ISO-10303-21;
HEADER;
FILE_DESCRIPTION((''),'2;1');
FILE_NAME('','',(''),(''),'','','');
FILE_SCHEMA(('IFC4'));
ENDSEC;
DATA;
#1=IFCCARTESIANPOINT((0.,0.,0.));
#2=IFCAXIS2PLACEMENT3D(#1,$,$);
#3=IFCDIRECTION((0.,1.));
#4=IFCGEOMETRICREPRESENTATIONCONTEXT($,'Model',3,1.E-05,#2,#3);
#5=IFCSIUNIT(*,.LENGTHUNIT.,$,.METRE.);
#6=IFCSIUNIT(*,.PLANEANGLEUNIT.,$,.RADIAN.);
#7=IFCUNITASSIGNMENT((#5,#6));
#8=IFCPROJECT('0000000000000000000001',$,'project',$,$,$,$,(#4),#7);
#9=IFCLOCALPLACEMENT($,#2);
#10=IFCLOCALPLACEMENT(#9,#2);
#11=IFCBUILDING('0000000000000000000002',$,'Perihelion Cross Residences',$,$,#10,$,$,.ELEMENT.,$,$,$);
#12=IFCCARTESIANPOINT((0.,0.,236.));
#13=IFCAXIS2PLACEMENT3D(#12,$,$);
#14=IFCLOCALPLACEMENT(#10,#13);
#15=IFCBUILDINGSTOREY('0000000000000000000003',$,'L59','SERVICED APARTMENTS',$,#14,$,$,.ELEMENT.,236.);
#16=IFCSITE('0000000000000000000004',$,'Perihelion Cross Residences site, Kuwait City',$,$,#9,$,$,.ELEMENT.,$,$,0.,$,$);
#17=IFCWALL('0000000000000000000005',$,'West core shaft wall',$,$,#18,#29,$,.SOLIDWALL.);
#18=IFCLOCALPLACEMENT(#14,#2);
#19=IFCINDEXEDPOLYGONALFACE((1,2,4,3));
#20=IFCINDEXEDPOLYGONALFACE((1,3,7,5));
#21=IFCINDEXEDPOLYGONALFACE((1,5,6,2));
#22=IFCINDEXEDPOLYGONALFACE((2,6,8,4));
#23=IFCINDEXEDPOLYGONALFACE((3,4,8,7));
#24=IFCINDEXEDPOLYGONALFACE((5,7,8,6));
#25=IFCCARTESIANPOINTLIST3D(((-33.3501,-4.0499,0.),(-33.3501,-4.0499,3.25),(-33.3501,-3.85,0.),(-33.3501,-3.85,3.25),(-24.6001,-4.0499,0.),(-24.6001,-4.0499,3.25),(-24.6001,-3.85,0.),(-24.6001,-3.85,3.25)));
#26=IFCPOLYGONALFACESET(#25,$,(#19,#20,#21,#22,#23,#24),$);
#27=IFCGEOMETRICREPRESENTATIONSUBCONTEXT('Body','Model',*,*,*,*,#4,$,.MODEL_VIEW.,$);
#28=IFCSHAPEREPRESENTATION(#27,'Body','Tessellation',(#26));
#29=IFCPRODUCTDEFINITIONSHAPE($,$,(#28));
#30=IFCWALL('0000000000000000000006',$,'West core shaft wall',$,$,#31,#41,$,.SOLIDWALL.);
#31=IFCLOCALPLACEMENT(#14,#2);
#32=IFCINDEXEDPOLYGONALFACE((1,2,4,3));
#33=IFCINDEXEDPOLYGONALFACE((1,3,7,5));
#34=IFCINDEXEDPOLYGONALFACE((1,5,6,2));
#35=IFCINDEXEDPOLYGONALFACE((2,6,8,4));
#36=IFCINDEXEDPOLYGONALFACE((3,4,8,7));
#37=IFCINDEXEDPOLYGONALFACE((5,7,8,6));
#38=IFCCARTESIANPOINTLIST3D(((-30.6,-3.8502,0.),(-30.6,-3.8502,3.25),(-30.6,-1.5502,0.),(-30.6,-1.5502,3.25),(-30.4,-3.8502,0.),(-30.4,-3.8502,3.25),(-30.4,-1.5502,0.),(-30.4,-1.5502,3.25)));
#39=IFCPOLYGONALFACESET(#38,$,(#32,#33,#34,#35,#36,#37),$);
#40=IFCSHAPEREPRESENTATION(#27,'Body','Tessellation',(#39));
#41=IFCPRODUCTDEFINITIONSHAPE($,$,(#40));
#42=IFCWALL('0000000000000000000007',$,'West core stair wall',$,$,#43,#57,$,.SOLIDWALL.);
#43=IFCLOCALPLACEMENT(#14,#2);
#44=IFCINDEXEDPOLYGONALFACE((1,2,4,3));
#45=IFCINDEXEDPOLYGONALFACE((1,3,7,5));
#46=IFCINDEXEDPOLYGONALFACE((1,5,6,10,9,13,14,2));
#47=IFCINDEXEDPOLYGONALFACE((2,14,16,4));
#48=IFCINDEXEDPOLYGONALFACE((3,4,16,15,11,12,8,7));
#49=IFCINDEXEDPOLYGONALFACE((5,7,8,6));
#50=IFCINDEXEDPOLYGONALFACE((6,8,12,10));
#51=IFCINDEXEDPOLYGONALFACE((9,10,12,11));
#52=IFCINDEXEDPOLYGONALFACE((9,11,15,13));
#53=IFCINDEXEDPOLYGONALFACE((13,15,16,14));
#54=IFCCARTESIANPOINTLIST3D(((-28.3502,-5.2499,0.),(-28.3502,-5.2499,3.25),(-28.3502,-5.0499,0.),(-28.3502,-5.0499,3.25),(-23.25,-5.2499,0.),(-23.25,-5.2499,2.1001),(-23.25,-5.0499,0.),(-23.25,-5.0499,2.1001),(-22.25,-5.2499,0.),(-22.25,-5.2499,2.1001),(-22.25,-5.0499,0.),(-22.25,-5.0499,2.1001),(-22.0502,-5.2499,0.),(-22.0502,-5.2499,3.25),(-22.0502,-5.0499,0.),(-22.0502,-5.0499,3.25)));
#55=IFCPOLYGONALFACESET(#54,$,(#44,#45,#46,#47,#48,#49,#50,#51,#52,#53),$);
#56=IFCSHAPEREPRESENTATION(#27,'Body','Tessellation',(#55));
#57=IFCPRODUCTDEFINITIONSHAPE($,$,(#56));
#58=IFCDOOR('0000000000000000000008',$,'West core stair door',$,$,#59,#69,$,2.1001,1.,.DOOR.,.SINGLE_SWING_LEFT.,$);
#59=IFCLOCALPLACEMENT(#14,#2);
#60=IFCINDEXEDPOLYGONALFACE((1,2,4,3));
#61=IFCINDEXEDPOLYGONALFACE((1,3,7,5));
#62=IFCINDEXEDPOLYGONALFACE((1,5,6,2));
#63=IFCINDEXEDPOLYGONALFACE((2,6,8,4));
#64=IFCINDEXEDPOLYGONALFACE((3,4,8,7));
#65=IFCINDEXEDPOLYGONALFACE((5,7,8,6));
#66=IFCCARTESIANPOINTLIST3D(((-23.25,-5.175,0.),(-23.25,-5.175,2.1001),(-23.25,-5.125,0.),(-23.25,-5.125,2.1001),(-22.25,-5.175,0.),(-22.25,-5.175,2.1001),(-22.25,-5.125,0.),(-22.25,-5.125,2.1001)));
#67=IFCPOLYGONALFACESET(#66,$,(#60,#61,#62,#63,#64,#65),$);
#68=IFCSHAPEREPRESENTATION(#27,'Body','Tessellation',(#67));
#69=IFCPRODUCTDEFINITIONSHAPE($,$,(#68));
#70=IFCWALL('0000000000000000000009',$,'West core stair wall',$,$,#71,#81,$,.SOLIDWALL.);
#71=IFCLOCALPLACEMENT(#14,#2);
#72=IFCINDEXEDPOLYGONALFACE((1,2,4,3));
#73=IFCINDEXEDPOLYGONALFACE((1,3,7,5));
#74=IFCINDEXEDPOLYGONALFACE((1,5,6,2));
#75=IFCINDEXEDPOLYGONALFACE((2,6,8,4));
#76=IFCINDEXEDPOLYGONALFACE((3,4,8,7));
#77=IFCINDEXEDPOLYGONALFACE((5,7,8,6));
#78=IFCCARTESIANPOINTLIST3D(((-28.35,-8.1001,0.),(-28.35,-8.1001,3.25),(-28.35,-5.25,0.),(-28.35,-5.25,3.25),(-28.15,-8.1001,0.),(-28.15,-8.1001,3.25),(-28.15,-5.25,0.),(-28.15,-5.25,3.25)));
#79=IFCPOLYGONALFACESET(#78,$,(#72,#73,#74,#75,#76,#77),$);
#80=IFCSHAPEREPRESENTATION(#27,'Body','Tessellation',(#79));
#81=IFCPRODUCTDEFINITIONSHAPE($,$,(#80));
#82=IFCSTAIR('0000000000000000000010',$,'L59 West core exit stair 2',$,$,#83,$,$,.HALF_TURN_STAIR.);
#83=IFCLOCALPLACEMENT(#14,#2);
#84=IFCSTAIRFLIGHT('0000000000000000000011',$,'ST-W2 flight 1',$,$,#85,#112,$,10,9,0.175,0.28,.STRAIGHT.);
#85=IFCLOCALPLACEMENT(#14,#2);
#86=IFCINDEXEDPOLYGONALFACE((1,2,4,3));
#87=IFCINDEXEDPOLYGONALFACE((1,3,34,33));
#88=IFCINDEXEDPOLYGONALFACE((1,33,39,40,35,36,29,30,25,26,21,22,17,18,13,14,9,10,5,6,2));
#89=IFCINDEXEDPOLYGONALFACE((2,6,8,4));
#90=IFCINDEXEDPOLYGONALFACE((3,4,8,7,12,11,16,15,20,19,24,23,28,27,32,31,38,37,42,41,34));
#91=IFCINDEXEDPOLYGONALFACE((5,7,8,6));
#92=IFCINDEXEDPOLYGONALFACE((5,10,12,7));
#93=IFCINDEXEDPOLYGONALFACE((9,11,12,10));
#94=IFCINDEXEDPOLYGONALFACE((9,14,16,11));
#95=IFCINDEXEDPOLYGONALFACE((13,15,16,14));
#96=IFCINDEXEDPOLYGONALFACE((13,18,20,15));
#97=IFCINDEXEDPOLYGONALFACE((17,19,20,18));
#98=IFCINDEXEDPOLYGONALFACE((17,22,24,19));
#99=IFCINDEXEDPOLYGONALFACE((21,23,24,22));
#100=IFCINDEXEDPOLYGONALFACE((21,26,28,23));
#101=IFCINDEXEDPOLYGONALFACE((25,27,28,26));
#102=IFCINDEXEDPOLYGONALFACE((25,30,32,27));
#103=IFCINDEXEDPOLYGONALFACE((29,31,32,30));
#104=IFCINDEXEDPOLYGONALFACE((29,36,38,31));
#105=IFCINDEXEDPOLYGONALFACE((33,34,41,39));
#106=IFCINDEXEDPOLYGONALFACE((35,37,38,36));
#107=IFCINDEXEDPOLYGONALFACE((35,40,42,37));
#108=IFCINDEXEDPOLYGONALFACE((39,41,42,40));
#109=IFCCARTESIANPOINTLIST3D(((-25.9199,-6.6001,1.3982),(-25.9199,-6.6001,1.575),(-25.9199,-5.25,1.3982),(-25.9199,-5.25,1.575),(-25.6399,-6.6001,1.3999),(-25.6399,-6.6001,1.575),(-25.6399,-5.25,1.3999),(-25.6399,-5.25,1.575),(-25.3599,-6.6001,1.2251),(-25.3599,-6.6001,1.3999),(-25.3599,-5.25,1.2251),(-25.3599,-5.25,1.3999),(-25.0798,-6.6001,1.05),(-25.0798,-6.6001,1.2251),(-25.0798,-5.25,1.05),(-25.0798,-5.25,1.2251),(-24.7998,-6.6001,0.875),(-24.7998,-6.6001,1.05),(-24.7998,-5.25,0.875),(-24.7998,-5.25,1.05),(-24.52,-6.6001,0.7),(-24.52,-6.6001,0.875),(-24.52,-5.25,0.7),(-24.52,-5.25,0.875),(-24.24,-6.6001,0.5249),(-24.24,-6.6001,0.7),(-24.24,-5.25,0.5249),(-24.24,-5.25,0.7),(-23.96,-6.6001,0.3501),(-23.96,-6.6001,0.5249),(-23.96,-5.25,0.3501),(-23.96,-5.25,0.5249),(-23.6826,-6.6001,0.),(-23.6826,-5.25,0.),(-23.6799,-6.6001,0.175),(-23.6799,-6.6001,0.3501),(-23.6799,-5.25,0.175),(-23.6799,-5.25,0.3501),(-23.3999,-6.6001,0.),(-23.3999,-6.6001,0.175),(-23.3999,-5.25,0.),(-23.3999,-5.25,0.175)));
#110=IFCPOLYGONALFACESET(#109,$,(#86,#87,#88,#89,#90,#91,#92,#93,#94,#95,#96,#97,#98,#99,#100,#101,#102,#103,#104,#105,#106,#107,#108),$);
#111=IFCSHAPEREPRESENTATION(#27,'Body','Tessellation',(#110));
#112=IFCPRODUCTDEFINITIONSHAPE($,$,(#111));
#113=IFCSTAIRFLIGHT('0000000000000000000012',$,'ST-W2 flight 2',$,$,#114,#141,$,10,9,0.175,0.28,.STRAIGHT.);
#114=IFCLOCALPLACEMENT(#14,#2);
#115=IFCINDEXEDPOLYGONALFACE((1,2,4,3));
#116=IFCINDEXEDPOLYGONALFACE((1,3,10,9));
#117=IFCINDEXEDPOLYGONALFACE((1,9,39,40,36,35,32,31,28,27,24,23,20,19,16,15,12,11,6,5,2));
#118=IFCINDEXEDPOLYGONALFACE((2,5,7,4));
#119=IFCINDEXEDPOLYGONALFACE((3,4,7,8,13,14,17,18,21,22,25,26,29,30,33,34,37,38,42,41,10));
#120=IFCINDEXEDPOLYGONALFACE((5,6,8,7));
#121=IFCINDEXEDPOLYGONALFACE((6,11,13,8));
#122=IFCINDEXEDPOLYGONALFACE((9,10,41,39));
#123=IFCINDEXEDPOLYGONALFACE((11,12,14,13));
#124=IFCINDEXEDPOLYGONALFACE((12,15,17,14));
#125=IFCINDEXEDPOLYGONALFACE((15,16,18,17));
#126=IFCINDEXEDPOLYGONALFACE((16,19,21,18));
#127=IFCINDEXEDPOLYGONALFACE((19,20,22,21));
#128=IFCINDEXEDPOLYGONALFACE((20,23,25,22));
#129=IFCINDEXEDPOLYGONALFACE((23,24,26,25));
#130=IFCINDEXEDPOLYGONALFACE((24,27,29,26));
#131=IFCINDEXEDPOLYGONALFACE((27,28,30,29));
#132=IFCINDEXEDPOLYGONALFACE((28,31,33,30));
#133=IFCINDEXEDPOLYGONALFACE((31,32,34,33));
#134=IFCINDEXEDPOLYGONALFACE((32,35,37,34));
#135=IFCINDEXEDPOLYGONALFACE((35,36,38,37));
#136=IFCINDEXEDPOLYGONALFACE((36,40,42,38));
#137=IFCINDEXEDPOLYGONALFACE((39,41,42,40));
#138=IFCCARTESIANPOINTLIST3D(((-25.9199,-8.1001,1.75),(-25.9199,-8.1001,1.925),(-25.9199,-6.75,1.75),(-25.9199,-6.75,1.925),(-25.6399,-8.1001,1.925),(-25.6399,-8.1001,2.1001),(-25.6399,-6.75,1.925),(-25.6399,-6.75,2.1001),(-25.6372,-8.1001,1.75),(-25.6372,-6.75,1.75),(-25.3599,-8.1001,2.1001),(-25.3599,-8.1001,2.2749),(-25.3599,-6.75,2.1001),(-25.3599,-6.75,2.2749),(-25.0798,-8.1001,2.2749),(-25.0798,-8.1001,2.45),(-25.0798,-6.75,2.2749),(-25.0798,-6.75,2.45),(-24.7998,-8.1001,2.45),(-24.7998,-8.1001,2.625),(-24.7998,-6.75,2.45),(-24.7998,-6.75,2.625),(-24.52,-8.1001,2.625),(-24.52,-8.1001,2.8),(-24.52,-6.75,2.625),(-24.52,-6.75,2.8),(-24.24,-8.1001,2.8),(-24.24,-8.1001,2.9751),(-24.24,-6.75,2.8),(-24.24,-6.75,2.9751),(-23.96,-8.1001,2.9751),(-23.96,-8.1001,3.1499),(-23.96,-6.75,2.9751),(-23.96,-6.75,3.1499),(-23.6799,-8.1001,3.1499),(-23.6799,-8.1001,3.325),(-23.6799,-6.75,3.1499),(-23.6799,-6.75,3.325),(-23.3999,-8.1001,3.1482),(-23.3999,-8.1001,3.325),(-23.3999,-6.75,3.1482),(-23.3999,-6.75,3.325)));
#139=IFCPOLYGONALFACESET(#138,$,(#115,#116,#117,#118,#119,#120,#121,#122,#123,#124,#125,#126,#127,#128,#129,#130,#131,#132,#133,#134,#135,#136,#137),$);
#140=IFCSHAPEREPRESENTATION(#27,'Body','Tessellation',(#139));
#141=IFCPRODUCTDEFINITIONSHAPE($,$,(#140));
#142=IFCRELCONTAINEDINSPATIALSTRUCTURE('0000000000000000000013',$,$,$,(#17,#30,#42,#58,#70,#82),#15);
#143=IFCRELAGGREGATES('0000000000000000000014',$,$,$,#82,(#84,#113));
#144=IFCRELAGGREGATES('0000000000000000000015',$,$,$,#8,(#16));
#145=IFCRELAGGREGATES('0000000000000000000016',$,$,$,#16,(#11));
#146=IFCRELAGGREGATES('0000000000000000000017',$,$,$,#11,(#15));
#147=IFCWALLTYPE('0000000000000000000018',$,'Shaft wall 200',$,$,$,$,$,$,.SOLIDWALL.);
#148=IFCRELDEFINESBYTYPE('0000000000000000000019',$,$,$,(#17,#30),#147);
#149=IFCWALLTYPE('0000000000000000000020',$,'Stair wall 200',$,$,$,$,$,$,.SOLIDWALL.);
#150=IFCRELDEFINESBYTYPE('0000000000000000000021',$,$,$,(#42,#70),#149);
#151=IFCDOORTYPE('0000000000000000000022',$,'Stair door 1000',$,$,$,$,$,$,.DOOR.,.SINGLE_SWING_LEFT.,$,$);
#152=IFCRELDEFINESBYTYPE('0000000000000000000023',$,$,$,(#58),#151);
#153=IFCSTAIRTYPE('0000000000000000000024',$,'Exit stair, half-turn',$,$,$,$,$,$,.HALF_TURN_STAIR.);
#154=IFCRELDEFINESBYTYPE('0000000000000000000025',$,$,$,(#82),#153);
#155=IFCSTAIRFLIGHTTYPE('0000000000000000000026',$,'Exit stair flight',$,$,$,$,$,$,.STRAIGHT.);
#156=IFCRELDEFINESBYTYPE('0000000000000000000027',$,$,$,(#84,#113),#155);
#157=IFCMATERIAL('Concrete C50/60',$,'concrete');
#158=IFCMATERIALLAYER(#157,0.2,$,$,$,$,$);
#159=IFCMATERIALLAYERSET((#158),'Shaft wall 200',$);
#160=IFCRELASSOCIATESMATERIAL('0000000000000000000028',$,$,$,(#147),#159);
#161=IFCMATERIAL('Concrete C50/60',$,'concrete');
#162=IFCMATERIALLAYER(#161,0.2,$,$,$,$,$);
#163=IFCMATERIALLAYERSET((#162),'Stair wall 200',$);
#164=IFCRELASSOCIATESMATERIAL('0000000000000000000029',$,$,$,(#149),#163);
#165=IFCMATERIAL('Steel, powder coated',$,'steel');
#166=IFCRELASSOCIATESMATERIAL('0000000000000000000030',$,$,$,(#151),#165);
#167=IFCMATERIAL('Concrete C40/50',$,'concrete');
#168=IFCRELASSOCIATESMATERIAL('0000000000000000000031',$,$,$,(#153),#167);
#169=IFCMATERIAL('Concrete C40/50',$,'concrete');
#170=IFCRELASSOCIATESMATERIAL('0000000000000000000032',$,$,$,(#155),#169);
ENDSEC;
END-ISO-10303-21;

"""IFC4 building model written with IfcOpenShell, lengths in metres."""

from ifc_helpers import new_model, si_unit, direction, frame, frame_2d, origin, place, context, subcontext, project, spatial, polyline, rectangle, outline, extrude, material, layer, layer_set, type_object, element, fill, aggregate, save


model = new_model("IFC4")

# Units and contexts
model_context = context("Model", 3, precision=1e-05, world=origin(), true_north=direction((0.0, 1.0)))
body_context = subcontext(model_context, "Body", "Model", "MODEL_VIEW")
ifc_project = project(units=[si_unit("LENGTHUNIT", "METRE"), si_unit("PLANEANGLEUNIT", "RADIAN")], contexts=[model_context])

# Site, building, storey
site_placement = place(None, origin())
site = spatial("IfcSite", under=ifc_project, at=site_placement, Name="Perihelion Cross Residences site, Kuwait City", CompositionType="ELEMENT", RefElevation=0.0)
building_placement = place(site_placement, origin())
building = spatial("IfcBuilding", under=site, at=building_placement, Name="Perihelion Cross Residences", CompositionType="ELEMENT")
storey_placement = place(building_placement, frame((0.0, 0.0, 236.0)))
storey = spatial("IfcBuildingStorey", under=building, at=storey_placement, Name="L59", Description="SERVICED APARTMENTS", CompositionType="ELEMENT", Elevation=236.0)

# Walls
ifc_material_1 = material(Name="Concrete C50/60", Category="concrete")
ifc_layer_1 = layer(ifc_material_1, 0.2)
ifc_layer_set_1 = layer_set([ifc_layer_1], Name="Shaft wall 200")
wall_type_1 = type_object("IfcWallType", Name="Shaft wall 200", PredefinedType="SOLIDWALL", material=ifc_layer_set_1)
wall_1_placement = place(storey_placement, frame((-33.3501, -3.95, 0.0), z_axis=(0.0, 0.0, 1.0), x_axis=(1.0, 0.0, 0.0)))
element("IfcWall", 1, at=wall_1_placement, inside=storey, type_object=wall_type_1, Name="West core shaft wall", PredefinedType="SOLIDWALL", context=body_context, shape_type="SweptSolid", body=[
    extrude(rectangle(XDim=8.75, YDim=0.2, at=frame_2d((4.375, 0.0))), origin(), (0.0, 0.0, 1.0), 3.25),
])
wall_2_placement = place(storey_placement, frame((-30.5, -3.8501, 0.0), z_axis=(0.0, 0.0, 1.0), x_axis=(0.0, 1.0, 0.0)))
element("IfcWall", 2, at=wall_2_placement, inside=storey, type_object=wall_type_1, Name="West core shaft wall", PredefinedType="SOLIDWALL", context=body_context, shape_type="SweptSolid", body=[
    extrude(rectangle(XDim=2.3, YDim=0.2, at=frame_2d((1.1499, 0.0))), origin(), (0.0, 0.0, 1.0), 3.25),
])

# Wall, opening, door
ifc_material_2 = material(Name="Concrete C50/60", Category="concrete")
ifc_layer_2 = layer(ifc_material_2, 0.2)
ifc_layer_set_2 = layer_set([ifc_layer_2], Name="Stair wall 200")
wall_type_2 = type_object("IfcWallType", Name="Stair wall 200", PredefinedType="SOLIDWALL", material=ifc_layer_set_2)
wall_3_placement = place(storey_placement, frame((-28.3501, -5.1499, 0.0), z_axis=(0.0, 0.0, 1.0), x_axis=(1.0, 0.0, 0.0)))
wall_3 = element("IfcWall", 3, at=wall_3_placement, inside=storey, type_object=wall_type_2, Name="West core stair wall", PredefinedType="SOLIDWALL", context=body_context, shape_type="SweptSolid", body=[
    extrude(rectangle(XDim=6.3, YDim=0.2, at=frame_2d((3.1499, 0.0))), origin(), (0.0, 0.0, 1.0), 3.25),
])
opening_1_placement = place(wall_3_placement, frame((5.1001, 0.0, 0.0)))
opening_1 = element("IfcOpeningElement", 4, at=opening_1_placement, cuts=wall_3, PredefinedType="OPENING", context=body_context, shape_type="SweptSolid", body=[
    extrude(rectangle(XDim=1.0, YDim=2.1001, at=frame_2d((0.5, 1.05))), frame((0.0, 0.1099, 0.0), z_axis=(0.0, -1.0, 0.0), x_axis=(1.0, 0.0, 0.0)), (0.0, 0.0, 1.0), 0.22),
])
ifc_material_3 = material(Name="Steel, powder coated", Category="steel")
door_type_1 = type_object("IfcDoorType", Name="Stair door 1000", OperationType="SINGLE_SWING_LEFT", PredefinedType="DOOR", material=ifc_material_3)
door_1_placement = place(opening_1_placement, origin())
door_1 = element("IfcDoor", 5, at=door_1_placement, inside=storey, type_object=door_type_1, Name="West core stair door", OperationType="SINGLE_SWING_LEFT", OverallHeight=2.1001, OverallWidth=1.0, PredefinedType="DOOR", context=body_context, shape_type="SweptSolid", body=[
    extrude(rectangle(XDim=1.0, YDim=2.1001, at=frame_2d((0.5, 1.05))), frame((0.0, 0.0249, 0.0), z_axis=(0.0, -1.0, 0.0), x_axis=(1.0, 0.0, 0.0)), (0.0, 0.0, 1.0), 0.05),
])
fill(opening_1, door_1)

# Wall
wall_4_placement = place(storey_placement, frame((-28.25, -8.1001, 0.0), z_axis=(0.0, 0.0, 1.0), x_axis=(0.0, 1.0, 0.0)))
element("IfcWall", 6, at=wall_4_placement, inside=storey, type_object=wall_type_2, Name="West core stair wall", PredefinedType="SOLIDWALL", context=body_context, shape_type="SweptSolid", body=[
    extrude(rectangle(XDim=2.8501, YDim=0.2, at=frame_2d((1.425, 0.0))), origin(), (0.0, 0.0, 1.0), 3.25),
])

# Stair, stair flights
ifc_material_4 = material(Name="Concrete C40/50", Category="concrete")
stair_type = type_object("IfcStairType", Name="Exit stair, half-turn", PredefinedType="HALF_TURN_STAIR", material=ifc_material_4)
stair_placement = place(storey_placement, origin())
stair = element("IfcStair", 7, at=stair_placement, inside=storey, type_object=stair_type, Name="L59 West core exit stair 2", PredefinedType="HALF_TURN_STAIR")
ifc_material_5 = material(Name="Concrete C40/50", Category="concrete")
stair_flight_type = type_object("IfcStairFlightType", Name="Exit stair flight", PredefinedType="STRAIGHT", material=ifc_material_5)
stair_flight_1_placement = place(storey_placement, frame((-23.3999, -5.925, 0.0), z_axis=(0.0, 0.0, 1.0), x_axis=(-1.0, 0.0, 0.0)))
stair_flight_1 = element("IfcStairFlight", 8, at=stair_flight_1_placement, type_object=stair_flight_type, Name="ST-W2 flight 1", NumberOfRisers=10, NumberOfTreads=9, PredefinedType="STRAIGHT", RiserHeight=0.175, TreadLength=0.28, context=body_context, shape_type="SweptSolid", body=[
    extrude(outline(polyline([(0.0, 0.0), (0.0, 0.175), (0.28, 0.175), (0.28, 0.3501), (0.5601, 0.3501), (0.5601, 0.5249), (0.8401, 0.5249), (0.8401, 0.7), (1.1201, 0.7), (1.1201, 0.875), (1.3999, 0.875), (1.3999, 1.05), (1.6799, 1.05), (1.6799, 1.2251), (1.96, 1.2251), (1.96, 1.3999), (2.24, 1.3999), (2.24, 1.575), (2.52, 1.575), (2.52, 1.75), (2.52, 1.3982), (0.2827, 0.0), (0.0, 0.0)])), frame((0.0, 0.675, 0.0), z_axis=(0.0, -1.0, 0.0), x_axis=(1.0, 0.0, 0.0)), (0.0, 0.0, 1.0), 1.3501),
])
stair_flight_2_placement = place(storey_placement, frame((-25.9199, -7.425, 1.75), z_axis=(0.0, 0.0, 1.0), x_axis=(1.0, 0.0, 0.0)))
stair_flight_2 = element("IfcStairFlight", 9, at=stair_flight_2_placement, type_object=stair_flight_type, Name="ST-W2 flight 2", NumberOfRisers=10, NumberOfTreads=9, PredefinedType="STRAIGHT", RiserHeight=0.175, TreadLength=0.28, context=body_context, shape_type="SweptSolid", body=[
    extrude(outline(polyline([(0.0, 0.0), (0.0, 0.175), (0.28, 0.175), (0.28, 0.3501), (0.5601, 0.3501), (0.5601, 0.5249), (0.8401, 0.5249), (0.8401, 0.7), (1.1201, 0.7), (1.1201, 0.875), (1.3999, 0.875), (1.3999, 1.05), (1.6799, 1.05), (1.6799, 1.2251), (1.96, 1.2251), (1.96, 1.3999), (2.24, 1.3999), (2.24, 1.575), (2.52, 1.575), (2.52, 1.75), (2.52, 1.3982), (0.2827, 0.0), (0.0, 0.0)])), frame((0.0, 0.675, 0.0), z_axis=(0.0, -1.0, 0.0), x_axis=(1.0, 0.0, 0.0)), (0.0, 0.0, 1.0), 1.3501),
])
aggregate(stair, [stair_flight_1, stair_flight_2])

save(model, "model.ifc")
